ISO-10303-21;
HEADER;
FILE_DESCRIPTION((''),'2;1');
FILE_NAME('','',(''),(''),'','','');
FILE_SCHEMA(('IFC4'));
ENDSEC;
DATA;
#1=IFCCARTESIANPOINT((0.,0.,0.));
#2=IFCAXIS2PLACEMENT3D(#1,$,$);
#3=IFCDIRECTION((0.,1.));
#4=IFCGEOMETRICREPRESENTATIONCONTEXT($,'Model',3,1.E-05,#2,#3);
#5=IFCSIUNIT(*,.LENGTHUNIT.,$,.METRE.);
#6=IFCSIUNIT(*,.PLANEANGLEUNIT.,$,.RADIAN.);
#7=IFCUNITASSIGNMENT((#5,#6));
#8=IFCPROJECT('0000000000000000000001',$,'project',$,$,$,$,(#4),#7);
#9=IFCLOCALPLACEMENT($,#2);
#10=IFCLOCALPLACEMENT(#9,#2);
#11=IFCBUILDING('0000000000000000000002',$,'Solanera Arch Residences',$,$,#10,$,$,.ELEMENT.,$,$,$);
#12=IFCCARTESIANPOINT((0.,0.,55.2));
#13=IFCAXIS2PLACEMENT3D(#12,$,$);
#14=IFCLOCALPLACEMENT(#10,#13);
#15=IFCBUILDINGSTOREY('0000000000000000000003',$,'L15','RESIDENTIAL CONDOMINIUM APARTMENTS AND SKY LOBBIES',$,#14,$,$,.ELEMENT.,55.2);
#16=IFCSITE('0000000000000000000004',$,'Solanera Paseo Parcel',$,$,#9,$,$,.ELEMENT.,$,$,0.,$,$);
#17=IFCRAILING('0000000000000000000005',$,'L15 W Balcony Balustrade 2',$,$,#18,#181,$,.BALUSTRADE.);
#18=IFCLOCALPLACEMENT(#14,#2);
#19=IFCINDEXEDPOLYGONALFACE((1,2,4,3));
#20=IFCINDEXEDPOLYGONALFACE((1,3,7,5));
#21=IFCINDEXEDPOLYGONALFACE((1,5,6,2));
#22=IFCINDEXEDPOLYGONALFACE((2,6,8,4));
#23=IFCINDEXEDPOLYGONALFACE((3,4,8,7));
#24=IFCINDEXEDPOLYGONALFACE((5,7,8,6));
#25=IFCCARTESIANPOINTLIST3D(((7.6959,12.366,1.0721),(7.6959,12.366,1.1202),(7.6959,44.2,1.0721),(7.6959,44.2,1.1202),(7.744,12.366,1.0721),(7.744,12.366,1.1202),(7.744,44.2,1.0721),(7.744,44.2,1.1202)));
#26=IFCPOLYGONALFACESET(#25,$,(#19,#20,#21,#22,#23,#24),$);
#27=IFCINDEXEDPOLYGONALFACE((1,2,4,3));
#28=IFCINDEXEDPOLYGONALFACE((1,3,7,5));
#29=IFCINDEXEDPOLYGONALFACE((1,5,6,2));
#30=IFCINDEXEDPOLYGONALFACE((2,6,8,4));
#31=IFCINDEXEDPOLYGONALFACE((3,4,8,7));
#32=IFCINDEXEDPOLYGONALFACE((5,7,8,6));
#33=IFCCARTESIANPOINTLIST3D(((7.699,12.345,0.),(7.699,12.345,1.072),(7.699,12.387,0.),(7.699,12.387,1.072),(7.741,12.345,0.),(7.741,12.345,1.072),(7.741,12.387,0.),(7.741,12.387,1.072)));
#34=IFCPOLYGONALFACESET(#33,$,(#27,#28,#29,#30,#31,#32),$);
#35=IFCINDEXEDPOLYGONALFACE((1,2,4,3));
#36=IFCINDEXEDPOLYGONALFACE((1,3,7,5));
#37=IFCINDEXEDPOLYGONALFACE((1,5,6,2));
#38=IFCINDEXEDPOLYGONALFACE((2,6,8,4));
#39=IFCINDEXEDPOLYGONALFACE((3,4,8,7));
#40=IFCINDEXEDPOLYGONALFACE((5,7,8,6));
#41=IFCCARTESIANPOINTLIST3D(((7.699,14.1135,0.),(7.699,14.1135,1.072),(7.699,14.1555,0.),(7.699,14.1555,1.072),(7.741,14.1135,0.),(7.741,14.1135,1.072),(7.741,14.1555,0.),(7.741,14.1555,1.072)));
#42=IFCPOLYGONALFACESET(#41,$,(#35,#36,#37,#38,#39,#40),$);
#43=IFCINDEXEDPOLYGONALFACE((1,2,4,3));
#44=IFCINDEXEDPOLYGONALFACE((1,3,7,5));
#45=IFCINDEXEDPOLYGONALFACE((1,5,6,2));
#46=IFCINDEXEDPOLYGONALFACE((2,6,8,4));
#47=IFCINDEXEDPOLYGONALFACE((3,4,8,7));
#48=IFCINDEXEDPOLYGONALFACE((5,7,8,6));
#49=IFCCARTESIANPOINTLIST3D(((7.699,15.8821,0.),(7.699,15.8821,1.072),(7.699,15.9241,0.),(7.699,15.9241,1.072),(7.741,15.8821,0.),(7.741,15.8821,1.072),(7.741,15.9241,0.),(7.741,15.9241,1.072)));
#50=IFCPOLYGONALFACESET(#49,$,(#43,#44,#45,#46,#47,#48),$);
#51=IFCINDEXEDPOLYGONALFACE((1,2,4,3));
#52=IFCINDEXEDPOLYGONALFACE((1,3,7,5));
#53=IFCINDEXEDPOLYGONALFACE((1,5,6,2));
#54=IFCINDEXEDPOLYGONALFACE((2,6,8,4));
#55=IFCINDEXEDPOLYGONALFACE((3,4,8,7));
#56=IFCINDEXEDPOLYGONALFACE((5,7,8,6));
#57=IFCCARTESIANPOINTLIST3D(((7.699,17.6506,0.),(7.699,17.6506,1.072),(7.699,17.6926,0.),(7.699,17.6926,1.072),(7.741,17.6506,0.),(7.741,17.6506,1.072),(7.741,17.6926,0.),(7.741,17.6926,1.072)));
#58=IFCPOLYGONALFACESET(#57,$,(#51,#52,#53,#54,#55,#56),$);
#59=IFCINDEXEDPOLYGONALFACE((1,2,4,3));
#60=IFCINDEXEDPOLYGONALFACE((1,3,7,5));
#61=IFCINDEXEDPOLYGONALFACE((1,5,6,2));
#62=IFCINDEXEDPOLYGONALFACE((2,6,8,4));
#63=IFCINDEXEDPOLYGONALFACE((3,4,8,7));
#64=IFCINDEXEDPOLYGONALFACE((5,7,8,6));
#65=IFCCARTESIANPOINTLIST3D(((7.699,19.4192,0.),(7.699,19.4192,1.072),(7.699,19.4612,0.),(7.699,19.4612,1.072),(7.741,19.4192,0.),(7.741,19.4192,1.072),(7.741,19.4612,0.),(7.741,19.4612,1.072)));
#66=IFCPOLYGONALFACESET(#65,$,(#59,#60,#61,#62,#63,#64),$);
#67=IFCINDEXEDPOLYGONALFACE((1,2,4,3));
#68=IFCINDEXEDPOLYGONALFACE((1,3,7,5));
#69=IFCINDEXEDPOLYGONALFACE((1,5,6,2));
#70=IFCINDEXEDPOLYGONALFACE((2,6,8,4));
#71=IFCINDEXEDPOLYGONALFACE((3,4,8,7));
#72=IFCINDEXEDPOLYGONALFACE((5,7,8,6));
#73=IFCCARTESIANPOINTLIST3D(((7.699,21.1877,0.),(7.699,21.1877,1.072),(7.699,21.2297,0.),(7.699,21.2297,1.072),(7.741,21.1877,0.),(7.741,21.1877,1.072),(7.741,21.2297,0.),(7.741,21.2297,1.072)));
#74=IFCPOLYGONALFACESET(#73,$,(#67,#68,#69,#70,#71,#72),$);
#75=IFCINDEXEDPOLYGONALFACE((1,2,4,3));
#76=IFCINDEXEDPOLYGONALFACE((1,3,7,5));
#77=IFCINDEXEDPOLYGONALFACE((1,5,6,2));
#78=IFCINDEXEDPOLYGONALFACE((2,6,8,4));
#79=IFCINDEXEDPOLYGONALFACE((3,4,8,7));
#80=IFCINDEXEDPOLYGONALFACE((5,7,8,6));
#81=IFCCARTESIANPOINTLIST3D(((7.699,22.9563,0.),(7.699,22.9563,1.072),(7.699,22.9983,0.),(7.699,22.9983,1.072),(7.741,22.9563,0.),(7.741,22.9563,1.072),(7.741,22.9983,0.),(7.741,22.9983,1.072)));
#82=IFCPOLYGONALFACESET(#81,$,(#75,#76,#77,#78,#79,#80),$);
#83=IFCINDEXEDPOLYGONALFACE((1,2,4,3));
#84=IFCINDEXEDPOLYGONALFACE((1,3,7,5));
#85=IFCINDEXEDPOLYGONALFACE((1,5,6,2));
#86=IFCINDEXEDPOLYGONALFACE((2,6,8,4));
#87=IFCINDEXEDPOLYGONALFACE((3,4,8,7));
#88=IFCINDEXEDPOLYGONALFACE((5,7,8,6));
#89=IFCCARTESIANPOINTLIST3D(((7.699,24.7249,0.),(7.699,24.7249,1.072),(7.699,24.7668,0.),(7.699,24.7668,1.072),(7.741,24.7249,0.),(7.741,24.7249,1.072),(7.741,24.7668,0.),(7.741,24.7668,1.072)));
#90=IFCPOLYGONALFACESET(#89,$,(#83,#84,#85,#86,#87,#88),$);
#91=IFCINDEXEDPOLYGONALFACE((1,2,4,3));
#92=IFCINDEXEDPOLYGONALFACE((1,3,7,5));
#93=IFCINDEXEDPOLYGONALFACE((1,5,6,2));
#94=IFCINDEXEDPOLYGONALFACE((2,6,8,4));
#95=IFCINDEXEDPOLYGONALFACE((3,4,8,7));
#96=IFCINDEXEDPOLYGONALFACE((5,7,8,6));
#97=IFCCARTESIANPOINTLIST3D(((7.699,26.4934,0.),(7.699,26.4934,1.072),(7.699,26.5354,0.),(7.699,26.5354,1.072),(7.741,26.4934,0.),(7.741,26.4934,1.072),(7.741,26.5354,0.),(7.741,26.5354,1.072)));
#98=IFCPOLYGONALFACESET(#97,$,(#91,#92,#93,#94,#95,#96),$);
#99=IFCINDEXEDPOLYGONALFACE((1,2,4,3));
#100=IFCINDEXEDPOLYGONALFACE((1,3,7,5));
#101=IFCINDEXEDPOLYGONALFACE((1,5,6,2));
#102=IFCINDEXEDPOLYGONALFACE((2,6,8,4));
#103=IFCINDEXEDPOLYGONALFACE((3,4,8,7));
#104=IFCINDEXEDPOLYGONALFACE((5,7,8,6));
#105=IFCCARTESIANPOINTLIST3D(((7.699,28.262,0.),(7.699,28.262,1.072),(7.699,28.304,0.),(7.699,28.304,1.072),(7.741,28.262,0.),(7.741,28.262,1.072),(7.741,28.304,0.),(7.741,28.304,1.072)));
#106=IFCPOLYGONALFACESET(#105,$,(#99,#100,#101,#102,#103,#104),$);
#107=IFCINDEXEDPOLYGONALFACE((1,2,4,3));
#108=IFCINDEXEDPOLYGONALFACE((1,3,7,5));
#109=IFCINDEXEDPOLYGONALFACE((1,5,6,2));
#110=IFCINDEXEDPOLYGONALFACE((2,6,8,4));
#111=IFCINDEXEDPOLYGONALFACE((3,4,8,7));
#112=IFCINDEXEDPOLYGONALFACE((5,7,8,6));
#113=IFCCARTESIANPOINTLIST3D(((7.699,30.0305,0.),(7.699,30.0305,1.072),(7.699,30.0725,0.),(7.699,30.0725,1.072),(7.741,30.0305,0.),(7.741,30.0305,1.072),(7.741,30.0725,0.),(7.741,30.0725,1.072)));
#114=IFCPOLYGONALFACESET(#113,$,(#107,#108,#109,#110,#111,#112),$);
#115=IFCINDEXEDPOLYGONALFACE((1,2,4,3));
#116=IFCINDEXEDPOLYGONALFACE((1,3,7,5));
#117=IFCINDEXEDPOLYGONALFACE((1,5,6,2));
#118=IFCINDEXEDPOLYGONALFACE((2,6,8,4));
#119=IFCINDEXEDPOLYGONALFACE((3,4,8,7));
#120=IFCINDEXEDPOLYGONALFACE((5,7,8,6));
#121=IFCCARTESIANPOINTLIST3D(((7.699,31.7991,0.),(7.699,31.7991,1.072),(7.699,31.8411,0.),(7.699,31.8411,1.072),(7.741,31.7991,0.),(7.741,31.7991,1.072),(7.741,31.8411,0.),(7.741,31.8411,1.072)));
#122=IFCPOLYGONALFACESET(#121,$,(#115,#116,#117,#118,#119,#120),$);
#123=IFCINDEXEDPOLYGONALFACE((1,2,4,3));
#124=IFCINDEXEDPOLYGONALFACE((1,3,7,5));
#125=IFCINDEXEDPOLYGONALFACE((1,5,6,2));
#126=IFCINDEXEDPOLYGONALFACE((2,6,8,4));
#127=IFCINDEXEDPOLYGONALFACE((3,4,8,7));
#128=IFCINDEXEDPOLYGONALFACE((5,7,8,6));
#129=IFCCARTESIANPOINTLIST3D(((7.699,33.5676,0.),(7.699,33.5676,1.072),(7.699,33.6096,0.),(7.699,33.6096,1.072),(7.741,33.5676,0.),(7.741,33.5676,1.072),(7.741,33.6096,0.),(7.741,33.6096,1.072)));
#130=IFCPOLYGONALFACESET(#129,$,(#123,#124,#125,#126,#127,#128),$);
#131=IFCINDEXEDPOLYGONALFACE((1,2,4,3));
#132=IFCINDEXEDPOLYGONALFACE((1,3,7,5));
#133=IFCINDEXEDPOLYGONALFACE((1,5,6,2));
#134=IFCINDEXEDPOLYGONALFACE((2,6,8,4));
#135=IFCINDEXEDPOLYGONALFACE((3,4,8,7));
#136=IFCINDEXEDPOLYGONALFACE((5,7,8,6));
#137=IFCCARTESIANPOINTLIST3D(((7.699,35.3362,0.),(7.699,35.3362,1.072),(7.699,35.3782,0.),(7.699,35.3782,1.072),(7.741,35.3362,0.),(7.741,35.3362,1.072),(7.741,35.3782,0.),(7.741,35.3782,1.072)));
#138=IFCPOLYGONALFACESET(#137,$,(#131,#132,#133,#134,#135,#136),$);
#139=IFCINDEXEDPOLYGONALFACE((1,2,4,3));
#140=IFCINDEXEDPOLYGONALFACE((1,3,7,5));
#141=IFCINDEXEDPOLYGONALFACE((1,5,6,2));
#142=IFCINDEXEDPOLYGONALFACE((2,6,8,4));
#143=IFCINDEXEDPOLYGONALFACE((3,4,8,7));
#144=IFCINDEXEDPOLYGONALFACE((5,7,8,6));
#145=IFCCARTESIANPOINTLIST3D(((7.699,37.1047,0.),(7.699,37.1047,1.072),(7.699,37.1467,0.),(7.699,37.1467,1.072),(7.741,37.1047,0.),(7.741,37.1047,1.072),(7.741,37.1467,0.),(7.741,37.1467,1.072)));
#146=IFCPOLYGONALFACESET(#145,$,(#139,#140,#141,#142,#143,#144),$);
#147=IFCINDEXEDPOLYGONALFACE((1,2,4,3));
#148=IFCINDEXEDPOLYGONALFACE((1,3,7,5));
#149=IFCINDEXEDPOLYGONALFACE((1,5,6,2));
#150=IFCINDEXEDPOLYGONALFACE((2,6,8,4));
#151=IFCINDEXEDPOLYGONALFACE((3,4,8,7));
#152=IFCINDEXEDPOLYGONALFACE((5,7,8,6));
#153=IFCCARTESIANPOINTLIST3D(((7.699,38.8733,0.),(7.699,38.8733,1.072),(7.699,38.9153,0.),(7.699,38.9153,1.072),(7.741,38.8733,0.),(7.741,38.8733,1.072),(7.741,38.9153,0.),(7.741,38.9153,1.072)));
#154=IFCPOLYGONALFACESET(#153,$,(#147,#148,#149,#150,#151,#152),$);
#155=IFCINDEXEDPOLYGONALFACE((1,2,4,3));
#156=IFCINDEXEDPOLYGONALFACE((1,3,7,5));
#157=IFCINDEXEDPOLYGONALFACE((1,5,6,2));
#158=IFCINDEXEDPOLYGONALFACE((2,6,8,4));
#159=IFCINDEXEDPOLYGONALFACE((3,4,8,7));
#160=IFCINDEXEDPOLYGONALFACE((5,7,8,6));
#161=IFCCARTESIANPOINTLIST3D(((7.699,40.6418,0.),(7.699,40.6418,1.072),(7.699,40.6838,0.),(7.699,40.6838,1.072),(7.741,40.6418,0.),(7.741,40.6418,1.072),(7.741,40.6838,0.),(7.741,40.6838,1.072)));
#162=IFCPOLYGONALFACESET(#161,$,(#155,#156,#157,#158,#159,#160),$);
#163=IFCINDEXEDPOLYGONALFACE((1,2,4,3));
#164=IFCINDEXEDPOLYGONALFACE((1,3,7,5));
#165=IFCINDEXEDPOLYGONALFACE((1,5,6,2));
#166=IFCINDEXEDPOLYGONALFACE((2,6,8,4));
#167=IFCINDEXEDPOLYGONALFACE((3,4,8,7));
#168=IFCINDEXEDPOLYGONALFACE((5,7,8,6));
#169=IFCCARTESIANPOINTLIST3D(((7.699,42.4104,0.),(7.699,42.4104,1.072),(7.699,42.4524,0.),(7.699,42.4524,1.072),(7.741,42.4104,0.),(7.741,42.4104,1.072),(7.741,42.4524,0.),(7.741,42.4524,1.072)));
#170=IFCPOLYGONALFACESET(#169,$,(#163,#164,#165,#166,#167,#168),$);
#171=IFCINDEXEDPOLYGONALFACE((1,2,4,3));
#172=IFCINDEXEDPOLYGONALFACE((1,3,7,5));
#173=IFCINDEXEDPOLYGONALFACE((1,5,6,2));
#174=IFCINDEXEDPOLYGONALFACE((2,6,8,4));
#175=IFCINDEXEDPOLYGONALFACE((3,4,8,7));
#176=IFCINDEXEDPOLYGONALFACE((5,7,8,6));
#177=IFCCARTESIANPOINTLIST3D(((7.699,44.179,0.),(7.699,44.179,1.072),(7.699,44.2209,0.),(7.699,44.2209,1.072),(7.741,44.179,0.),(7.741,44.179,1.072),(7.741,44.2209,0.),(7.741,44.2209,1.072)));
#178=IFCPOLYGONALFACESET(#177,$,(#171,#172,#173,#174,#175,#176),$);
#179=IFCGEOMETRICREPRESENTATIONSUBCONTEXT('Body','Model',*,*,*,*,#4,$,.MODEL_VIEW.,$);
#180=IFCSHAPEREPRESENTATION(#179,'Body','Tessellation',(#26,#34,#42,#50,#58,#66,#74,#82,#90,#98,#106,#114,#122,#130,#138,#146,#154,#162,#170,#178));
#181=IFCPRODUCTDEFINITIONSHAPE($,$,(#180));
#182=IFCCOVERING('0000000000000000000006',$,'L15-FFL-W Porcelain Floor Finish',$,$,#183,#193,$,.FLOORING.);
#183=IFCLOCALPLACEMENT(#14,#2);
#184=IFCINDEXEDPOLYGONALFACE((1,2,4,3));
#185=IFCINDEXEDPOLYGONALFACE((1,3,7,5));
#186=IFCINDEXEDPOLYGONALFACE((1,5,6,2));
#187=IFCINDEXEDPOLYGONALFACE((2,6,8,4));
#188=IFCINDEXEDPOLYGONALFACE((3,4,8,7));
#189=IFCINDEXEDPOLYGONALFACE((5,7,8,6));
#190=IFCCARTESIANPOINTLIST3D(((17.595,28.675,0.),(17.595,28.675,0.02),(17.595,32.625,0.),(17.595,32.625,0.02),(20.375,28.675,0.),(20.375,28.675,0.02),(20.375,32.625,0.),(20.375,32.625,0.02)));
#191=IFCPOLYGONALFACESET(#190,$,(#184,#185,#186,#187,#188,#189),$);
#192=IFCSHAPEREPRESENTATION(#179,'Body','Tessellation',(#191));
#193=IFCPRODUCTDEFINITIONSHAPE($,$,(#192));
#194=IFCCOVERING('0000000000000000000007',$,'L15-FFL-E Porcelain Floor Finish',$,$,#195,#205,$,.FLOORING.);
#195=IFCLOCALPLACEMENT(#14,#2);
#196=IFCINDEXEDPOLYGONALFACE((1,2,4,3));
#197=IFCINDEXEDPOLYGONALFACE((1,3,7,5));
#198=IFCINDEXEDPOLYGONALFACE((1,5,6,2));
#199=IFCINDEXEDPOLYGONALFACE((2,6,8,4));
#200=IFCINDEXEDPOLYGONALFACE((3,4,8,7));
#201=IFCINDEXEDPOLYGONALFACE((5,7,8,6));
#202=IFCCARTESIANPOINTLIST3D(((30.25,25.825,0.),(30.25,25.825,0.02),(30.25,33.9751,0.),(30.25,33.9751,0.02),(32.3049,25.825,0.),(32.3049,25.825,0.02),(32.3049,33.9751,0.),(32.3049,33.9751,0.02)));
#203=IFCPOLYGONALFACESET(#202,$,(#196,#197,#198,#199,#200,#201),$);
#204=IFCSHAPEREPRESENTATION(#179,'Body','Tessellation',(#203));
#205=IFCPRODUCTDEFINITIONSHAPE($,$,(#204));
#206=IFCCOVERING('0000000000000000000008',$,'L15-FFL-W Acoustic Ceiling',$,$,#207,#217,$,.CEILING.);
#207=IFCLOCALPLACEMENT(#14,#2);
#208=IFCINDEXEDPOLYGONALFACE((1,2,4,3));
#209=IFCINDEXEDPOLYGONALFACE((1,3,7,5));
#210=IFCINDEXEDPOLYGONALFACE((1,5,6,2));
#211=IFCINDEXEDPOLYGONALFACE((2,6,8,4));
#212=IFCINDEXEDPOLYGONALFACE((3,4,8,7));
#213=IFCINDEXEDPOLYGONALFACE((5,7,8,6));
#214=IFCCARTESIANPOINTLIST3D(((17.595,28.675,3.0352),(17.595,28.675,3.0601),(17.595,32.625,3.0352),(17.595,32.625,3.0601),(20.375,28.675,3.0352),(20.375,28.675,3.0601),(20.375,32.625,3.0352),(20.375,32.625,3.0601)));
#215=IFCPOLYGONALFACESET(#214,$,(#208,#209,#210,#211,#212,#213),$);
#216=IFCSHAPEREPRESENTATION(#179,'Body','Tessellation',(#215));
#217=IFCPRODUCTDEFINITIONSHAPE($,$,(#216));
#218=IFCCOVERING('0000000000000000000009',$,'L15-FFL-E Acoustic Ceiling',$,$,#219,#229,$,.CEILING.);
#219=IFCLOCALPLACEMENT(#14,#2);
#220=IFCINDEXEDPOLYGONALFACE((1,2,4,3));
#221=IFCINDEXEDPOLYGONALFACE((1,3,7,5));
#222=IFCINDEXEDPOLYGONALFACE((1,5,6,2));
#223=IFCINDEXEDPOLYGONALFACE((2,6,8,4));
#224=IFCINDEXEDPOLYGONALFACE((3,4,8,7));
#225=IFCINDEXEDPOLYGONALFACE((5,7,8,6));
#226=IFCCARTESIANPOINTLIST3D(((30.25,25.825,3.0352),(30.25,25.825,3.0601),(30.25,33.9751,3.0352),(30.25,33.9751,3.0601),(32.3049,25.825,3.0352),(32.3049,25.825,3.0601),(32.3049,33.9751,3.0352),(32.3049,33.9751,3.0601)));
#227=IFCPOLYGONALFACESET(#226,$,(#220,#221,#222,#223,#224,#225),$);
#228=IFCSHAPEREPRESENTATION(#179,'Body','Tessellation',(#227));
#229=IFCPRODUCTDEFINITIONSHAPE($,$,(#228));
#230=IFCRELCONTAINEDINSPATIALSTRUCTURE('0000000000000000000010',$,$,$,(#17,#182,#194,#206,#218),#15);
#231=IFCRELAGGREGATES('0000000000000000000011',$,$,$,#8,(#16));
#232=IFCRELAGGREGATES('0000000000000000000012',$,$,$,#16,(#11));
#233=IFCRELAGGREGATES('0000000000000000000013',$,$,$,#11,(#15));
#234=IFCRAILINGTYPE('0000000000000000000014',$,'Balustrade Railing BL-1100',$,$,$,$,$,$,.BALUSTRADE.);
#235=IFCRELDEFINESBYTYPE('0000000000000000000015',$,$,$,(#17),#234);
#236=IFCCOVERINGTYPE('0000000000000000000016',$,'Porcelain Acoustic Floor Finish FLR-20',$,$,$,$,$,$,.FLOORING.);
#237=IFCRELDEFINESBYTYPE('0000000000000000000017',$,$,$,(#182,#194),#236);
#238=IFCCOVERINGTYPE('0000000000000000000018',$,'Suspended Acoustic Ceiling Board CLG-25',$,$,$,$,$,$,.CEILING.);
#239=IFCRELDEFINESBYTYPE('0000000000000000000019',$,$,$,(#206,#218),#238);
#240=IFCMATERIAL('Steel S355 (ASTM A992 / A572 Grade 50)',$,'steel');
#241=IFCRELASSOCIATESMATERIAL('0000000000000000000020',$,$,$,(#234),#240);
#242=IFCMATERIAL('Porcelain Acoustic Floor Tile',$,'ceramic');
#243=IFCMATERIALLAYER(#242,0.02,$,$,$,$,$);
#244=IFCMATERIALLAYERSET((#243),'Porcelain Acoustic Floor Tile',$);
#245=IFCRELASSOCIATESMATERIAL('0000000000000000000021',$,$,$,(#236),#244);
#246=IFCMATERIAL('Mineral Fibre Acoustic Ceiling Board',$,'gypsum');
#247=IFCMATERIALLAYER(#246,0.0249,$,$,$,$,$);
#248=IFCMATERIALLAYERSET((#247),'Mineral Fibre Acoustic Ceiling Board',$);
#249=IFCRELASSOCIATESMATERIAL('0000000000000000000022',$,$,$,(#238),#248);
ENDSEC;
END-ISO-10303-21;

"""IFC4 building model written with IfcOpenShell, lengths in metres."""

from ifc_helpers import new_model, si_unit, direction, frame, origin, origin_2d, place, context, subcontext, project, spatial, polyline, rectangle, outline, extrude, material, layer, layer_set, type_object, element, save


model = new_model("IFC4")

# Units and contexts
model_context = context("Model", 3, precision=1e-05, world=origin(), true_north=direction((0.0, 1.0)))
body_context = subcontext(model_context, "Body", "Model", "MODEL_VIEW")
ifc_project = project(units=[si_unit("LENGTHUNIT", "METRE"), si_unit("PLANEANGLEUNIT", "RADIAN")], contexts=[model_context])

# Site, building, storey
site_placement = place(None, origin())
site = spatial("IfcSite", under=ifc_project, at=site_placement, Name="Solanera Paseo Parcel", CompositionType="ELEMENT", RefElevation=0.0)
building_placement = place(site_placement, origin())
building = spatial("IfcBuilding", under=site, at=building_placement, Name="Solanera Arch Residences", CompositionType="ELEMENT")
storey_placement = place(building_placement, frame((0.0, 0.0, 55.2)))
storey = spatial("IfcBuildingStorey", under=building, at=storey_placement, Name="L15", Description="RESIDENTIAL CONDOMINIUM APARTMENTS AND SKY LOBBIES", CompositionType="ELEMENT", Elevation=55.2)

# Railing
ifc_material_1 = material(Name="Steel S355 (ASTM A992 / A572 Grade 50)", Category="steel")
railing_type = type_object("IfcRailingType", Name="Balustrade Railing BL-1100", PredefinedType="BALUSTRADE", material=ifc_material_1)
railing_placement = place(storey_placement, frame((7.72, 12.366, 0.0)))
element("IfcRailing", 1, at=railing_placement, inside=storey, type_object=railing_type, Name="L15 W Balcony Balustrade 2", PredefinedType="BALUSTRADE", context=body_context, shape_type="SweptSolid", body=[
    extrude(rectangle(XDim=0.0481, YDim=0.0481, at=origin_2d()), frame((0.0, 0.0, 1.0962), z_axis=(0.0, 1.0, 0.0), x_axis=(-1.0, 0.0, 0.0)), (0.0, 0.0, 1.0), 31.834),
    extrude(rectangle(XDim=0.042, YDim=0.042, at=origin_2d()), origin(), (0.0, 0.0, 1.0), 1.072),
    extrude(rectangle(XDim=0.042, YDim=0.042, at=origin_2d()), frame((0.0, 1.7686, 0.0)), (0.0, 0.0, 1.0), 1.072),
    extrude(rectangle(XDim=0.042, YDim=0.042, at=origin_2d()), frame((0.0, 3.5371, 0.0)), (0.0, 0.0, 1.0), 1.072),
    extrude(rectangle(XDim=0.042, YDim=0.042, at=origin_2d()), frame((0.0, 5.3057, 0.0)), (0.0, 0.0, 1.0), 1.072),
    extrude(rectangle(XDim=0.042, YDim=0.042, at=origin_2d()), frame((0.0, 7.0742, 0.0)), (0.0, 0.0, 1.0), 1.072),
    extrude(rectangle(XDim=0.042, YDim=0.042, at=origin_2d()), frame((0.0, 8.8428, 0.0)), (0.0, 0.0, 1.0), 1.072),
    extrude(rectangle(XDim=0.042, YDim=0.042, at=origin_2d()), frame((0.0, 10.6113, 0.0)), (0.0, 0.0, 1.0), 1.072),
    extrude(rectangle(XDim=0.042, YDim=0.042, at=origin_2d()), frame((0.0, 12.3799, 0.0)), (0.0, 0.0, 1.0), 1.072),
    extrude(rectangle(XDim=0.042, YDim=0.042, at=origin_2d()), frame((0.0, 14.1484, 0.0)), (0.0, 0.0, 1.0), 1.072),
    extrude(rectangle(XDim=0.042, YDim=0.042, at=origin_2d()), frame((0.0, 15.917, 0.0)), (0.0, 0.0, 1.0), 1.072),
    extrude(rectangle(XDim=0.042, YDim=0.042, at=origin_2d()), frame((0.0, 17.6855, 0.0)), (0.0, 0.0, 1.0), 1.072),
    extrude(rectangle(XDim=0.042, YDim=0.042, at=origin_2d()), frame((0.0, 19.4541, 0.0)), (0.0, 0.0, 1.0), 1.072),
    extrude(rectangle(XDim=0.042, YDim=0.042, at=origin_2d()), frame((0.0, 21.2227, 0.0)), (0.0, 0.0, 1.0), 1.072),
    extrude(rectangle(XDim=0.042, YDim=0.042, at=origin_2d()), frame((0.0, 22.9912, 0.0)), (0.0, 0.0, 1.0), 1.072),
    extrude(rectangle(XDim=0.042, YDim=0.042, at=origin_2d()), frame((0.0, 24.7598, 0.0)), (0.0, 0.0, 1.0), 1.072),
    extrude(rectangle(XDim=0.042, YDim=0.042, at=origin_2d()), frame((0.0, 26.5283, 0.0)), (0.0, 0.0, 1.0), 1.072),
    extrude(rectangle(XDim=0.042, YDim=0.042, at=origin_2d()), frame((0.0, 28.2969, 0.0)), (0.0, 0.0, 1.0), 1.072),
    extrude(rectangle(XDim=0.042, YDim=0.042, at=origin_2d()), frame((0.0, 30.0654, 0.0)), (0.0, 0.0, 1.0), 1.072),
    extrude(rectangle(XDim=0.042, YDim=0.042, at=origin_2d()), frame((0.0, 31.834, 0.0)), (0.0, 0.0, 1.0), 1.072),
])

# Coverings
ifc_material_2 = material(Name="Porcelain Acoustic Floor Tile", Category="ceramic")
ifc_layer_1 = layer(ifc_material_2, 0.02)
ifc_layer_set_1 = layer_set([ifc_layer_1], Name="Porcelain Acoustic Floor Tile")
covering_type_1 = type_object("IfcCoveringType", Name="Porcelain Acoustic Floor Finish FLR-20", PredefinedType="FLOORING", material=ifc_layer_set_1)
covering_1_placement = place(storey_placement, origin())
element("IfcCovering", 2, at=covering_1_placement, inside=storey, type_object=covering_type_1, Name="L15-FFL-W Porcelain Floor Finish", PredefinedType="FLOORING", context=body_context, shape_type="SweptSolid", body=[
    extrude(outline(polyline([(20.375, 28.675), (17.595, 28.675), (17.595, 32.625), (20.375, 32.625), (20.375, 28.675)])), origin(), (0.0, 0.0, 1.0), 0.02),
])
covering_2_placement = place(storey_placement, origin())
element("IfcCovering", 3, at=covering_2_placement, inside=storey, type_object=covering_type_1, Name="L15-FFL-E Porcelain Floor Finish", PredefinedType="FLOORING", context=body_context, shape_type="SweptSolid", body=[
    extrude(outline(polyline([(32.3049, 25.825), (30.25, 25.825), (30.25, 33.9751), (32.3049, 33.9751), (32.3049, 25.825)])), origin(), (0.0, 0.0, 1.0), 0.02),
])
ifc_material_3 = material(Name="Mineral Fibre Acoustic Ceiling Board", Category="gypsum")
ifc_layer_2 = layer(ifc_material_3, 0.0249)
ifc_layer_set_2 = layer_set([ifc_layer_2], Name="Mineral Fibre Acoustic Ceiling Board")
covering_type_2 = type_object("IfcCoveringType", Name="Suspended Acoustic Ceiling Board CLG-25", PredefinedType="CEILING", material=ifc_layer_set_2)
covering_3_placement = place(storey_placement, frame((0.0, 0.0, 3.0352)))
element("IfcCovering", 4, at=covering_3_placement, inside=storey, type_object=covering_type_2, Name="L15-FFL-W Acoustic Ceiling", PredefinedType="CEILING", context=body_context, shape_type="SweptSolid", body=[
    extrude(outline(polyline([(20.375, 28.675), (17.595, 28.675), (17.595, 32.625), (20.375, 32.625), (20.375, 28.675)])), origin(), (0.0, 0.0, 1.0), 0.0249),
])
covering_4_placement = place(storey_placement, frame((0.0, 0.0, 3.0352)))
element("IfcCovering", 5, at=covering_4_placement, inside=storey, type_object=covering_type_2, Name="L15-FFL-E Acoustic Ceiling", PredefinedType="CEILING", context=body_context, shape_type="SweptSolid", body=[
    extrude(outline(polyline([(32.3049, 25.825), (30.25, 25.825), (30.25, 33.9751), (32.3049, 33.9751), (32.3049, 25.825)])), origin(), (0.0, 0.0, 1.0), 0.0249),
])

save(model, "model.ifc")
